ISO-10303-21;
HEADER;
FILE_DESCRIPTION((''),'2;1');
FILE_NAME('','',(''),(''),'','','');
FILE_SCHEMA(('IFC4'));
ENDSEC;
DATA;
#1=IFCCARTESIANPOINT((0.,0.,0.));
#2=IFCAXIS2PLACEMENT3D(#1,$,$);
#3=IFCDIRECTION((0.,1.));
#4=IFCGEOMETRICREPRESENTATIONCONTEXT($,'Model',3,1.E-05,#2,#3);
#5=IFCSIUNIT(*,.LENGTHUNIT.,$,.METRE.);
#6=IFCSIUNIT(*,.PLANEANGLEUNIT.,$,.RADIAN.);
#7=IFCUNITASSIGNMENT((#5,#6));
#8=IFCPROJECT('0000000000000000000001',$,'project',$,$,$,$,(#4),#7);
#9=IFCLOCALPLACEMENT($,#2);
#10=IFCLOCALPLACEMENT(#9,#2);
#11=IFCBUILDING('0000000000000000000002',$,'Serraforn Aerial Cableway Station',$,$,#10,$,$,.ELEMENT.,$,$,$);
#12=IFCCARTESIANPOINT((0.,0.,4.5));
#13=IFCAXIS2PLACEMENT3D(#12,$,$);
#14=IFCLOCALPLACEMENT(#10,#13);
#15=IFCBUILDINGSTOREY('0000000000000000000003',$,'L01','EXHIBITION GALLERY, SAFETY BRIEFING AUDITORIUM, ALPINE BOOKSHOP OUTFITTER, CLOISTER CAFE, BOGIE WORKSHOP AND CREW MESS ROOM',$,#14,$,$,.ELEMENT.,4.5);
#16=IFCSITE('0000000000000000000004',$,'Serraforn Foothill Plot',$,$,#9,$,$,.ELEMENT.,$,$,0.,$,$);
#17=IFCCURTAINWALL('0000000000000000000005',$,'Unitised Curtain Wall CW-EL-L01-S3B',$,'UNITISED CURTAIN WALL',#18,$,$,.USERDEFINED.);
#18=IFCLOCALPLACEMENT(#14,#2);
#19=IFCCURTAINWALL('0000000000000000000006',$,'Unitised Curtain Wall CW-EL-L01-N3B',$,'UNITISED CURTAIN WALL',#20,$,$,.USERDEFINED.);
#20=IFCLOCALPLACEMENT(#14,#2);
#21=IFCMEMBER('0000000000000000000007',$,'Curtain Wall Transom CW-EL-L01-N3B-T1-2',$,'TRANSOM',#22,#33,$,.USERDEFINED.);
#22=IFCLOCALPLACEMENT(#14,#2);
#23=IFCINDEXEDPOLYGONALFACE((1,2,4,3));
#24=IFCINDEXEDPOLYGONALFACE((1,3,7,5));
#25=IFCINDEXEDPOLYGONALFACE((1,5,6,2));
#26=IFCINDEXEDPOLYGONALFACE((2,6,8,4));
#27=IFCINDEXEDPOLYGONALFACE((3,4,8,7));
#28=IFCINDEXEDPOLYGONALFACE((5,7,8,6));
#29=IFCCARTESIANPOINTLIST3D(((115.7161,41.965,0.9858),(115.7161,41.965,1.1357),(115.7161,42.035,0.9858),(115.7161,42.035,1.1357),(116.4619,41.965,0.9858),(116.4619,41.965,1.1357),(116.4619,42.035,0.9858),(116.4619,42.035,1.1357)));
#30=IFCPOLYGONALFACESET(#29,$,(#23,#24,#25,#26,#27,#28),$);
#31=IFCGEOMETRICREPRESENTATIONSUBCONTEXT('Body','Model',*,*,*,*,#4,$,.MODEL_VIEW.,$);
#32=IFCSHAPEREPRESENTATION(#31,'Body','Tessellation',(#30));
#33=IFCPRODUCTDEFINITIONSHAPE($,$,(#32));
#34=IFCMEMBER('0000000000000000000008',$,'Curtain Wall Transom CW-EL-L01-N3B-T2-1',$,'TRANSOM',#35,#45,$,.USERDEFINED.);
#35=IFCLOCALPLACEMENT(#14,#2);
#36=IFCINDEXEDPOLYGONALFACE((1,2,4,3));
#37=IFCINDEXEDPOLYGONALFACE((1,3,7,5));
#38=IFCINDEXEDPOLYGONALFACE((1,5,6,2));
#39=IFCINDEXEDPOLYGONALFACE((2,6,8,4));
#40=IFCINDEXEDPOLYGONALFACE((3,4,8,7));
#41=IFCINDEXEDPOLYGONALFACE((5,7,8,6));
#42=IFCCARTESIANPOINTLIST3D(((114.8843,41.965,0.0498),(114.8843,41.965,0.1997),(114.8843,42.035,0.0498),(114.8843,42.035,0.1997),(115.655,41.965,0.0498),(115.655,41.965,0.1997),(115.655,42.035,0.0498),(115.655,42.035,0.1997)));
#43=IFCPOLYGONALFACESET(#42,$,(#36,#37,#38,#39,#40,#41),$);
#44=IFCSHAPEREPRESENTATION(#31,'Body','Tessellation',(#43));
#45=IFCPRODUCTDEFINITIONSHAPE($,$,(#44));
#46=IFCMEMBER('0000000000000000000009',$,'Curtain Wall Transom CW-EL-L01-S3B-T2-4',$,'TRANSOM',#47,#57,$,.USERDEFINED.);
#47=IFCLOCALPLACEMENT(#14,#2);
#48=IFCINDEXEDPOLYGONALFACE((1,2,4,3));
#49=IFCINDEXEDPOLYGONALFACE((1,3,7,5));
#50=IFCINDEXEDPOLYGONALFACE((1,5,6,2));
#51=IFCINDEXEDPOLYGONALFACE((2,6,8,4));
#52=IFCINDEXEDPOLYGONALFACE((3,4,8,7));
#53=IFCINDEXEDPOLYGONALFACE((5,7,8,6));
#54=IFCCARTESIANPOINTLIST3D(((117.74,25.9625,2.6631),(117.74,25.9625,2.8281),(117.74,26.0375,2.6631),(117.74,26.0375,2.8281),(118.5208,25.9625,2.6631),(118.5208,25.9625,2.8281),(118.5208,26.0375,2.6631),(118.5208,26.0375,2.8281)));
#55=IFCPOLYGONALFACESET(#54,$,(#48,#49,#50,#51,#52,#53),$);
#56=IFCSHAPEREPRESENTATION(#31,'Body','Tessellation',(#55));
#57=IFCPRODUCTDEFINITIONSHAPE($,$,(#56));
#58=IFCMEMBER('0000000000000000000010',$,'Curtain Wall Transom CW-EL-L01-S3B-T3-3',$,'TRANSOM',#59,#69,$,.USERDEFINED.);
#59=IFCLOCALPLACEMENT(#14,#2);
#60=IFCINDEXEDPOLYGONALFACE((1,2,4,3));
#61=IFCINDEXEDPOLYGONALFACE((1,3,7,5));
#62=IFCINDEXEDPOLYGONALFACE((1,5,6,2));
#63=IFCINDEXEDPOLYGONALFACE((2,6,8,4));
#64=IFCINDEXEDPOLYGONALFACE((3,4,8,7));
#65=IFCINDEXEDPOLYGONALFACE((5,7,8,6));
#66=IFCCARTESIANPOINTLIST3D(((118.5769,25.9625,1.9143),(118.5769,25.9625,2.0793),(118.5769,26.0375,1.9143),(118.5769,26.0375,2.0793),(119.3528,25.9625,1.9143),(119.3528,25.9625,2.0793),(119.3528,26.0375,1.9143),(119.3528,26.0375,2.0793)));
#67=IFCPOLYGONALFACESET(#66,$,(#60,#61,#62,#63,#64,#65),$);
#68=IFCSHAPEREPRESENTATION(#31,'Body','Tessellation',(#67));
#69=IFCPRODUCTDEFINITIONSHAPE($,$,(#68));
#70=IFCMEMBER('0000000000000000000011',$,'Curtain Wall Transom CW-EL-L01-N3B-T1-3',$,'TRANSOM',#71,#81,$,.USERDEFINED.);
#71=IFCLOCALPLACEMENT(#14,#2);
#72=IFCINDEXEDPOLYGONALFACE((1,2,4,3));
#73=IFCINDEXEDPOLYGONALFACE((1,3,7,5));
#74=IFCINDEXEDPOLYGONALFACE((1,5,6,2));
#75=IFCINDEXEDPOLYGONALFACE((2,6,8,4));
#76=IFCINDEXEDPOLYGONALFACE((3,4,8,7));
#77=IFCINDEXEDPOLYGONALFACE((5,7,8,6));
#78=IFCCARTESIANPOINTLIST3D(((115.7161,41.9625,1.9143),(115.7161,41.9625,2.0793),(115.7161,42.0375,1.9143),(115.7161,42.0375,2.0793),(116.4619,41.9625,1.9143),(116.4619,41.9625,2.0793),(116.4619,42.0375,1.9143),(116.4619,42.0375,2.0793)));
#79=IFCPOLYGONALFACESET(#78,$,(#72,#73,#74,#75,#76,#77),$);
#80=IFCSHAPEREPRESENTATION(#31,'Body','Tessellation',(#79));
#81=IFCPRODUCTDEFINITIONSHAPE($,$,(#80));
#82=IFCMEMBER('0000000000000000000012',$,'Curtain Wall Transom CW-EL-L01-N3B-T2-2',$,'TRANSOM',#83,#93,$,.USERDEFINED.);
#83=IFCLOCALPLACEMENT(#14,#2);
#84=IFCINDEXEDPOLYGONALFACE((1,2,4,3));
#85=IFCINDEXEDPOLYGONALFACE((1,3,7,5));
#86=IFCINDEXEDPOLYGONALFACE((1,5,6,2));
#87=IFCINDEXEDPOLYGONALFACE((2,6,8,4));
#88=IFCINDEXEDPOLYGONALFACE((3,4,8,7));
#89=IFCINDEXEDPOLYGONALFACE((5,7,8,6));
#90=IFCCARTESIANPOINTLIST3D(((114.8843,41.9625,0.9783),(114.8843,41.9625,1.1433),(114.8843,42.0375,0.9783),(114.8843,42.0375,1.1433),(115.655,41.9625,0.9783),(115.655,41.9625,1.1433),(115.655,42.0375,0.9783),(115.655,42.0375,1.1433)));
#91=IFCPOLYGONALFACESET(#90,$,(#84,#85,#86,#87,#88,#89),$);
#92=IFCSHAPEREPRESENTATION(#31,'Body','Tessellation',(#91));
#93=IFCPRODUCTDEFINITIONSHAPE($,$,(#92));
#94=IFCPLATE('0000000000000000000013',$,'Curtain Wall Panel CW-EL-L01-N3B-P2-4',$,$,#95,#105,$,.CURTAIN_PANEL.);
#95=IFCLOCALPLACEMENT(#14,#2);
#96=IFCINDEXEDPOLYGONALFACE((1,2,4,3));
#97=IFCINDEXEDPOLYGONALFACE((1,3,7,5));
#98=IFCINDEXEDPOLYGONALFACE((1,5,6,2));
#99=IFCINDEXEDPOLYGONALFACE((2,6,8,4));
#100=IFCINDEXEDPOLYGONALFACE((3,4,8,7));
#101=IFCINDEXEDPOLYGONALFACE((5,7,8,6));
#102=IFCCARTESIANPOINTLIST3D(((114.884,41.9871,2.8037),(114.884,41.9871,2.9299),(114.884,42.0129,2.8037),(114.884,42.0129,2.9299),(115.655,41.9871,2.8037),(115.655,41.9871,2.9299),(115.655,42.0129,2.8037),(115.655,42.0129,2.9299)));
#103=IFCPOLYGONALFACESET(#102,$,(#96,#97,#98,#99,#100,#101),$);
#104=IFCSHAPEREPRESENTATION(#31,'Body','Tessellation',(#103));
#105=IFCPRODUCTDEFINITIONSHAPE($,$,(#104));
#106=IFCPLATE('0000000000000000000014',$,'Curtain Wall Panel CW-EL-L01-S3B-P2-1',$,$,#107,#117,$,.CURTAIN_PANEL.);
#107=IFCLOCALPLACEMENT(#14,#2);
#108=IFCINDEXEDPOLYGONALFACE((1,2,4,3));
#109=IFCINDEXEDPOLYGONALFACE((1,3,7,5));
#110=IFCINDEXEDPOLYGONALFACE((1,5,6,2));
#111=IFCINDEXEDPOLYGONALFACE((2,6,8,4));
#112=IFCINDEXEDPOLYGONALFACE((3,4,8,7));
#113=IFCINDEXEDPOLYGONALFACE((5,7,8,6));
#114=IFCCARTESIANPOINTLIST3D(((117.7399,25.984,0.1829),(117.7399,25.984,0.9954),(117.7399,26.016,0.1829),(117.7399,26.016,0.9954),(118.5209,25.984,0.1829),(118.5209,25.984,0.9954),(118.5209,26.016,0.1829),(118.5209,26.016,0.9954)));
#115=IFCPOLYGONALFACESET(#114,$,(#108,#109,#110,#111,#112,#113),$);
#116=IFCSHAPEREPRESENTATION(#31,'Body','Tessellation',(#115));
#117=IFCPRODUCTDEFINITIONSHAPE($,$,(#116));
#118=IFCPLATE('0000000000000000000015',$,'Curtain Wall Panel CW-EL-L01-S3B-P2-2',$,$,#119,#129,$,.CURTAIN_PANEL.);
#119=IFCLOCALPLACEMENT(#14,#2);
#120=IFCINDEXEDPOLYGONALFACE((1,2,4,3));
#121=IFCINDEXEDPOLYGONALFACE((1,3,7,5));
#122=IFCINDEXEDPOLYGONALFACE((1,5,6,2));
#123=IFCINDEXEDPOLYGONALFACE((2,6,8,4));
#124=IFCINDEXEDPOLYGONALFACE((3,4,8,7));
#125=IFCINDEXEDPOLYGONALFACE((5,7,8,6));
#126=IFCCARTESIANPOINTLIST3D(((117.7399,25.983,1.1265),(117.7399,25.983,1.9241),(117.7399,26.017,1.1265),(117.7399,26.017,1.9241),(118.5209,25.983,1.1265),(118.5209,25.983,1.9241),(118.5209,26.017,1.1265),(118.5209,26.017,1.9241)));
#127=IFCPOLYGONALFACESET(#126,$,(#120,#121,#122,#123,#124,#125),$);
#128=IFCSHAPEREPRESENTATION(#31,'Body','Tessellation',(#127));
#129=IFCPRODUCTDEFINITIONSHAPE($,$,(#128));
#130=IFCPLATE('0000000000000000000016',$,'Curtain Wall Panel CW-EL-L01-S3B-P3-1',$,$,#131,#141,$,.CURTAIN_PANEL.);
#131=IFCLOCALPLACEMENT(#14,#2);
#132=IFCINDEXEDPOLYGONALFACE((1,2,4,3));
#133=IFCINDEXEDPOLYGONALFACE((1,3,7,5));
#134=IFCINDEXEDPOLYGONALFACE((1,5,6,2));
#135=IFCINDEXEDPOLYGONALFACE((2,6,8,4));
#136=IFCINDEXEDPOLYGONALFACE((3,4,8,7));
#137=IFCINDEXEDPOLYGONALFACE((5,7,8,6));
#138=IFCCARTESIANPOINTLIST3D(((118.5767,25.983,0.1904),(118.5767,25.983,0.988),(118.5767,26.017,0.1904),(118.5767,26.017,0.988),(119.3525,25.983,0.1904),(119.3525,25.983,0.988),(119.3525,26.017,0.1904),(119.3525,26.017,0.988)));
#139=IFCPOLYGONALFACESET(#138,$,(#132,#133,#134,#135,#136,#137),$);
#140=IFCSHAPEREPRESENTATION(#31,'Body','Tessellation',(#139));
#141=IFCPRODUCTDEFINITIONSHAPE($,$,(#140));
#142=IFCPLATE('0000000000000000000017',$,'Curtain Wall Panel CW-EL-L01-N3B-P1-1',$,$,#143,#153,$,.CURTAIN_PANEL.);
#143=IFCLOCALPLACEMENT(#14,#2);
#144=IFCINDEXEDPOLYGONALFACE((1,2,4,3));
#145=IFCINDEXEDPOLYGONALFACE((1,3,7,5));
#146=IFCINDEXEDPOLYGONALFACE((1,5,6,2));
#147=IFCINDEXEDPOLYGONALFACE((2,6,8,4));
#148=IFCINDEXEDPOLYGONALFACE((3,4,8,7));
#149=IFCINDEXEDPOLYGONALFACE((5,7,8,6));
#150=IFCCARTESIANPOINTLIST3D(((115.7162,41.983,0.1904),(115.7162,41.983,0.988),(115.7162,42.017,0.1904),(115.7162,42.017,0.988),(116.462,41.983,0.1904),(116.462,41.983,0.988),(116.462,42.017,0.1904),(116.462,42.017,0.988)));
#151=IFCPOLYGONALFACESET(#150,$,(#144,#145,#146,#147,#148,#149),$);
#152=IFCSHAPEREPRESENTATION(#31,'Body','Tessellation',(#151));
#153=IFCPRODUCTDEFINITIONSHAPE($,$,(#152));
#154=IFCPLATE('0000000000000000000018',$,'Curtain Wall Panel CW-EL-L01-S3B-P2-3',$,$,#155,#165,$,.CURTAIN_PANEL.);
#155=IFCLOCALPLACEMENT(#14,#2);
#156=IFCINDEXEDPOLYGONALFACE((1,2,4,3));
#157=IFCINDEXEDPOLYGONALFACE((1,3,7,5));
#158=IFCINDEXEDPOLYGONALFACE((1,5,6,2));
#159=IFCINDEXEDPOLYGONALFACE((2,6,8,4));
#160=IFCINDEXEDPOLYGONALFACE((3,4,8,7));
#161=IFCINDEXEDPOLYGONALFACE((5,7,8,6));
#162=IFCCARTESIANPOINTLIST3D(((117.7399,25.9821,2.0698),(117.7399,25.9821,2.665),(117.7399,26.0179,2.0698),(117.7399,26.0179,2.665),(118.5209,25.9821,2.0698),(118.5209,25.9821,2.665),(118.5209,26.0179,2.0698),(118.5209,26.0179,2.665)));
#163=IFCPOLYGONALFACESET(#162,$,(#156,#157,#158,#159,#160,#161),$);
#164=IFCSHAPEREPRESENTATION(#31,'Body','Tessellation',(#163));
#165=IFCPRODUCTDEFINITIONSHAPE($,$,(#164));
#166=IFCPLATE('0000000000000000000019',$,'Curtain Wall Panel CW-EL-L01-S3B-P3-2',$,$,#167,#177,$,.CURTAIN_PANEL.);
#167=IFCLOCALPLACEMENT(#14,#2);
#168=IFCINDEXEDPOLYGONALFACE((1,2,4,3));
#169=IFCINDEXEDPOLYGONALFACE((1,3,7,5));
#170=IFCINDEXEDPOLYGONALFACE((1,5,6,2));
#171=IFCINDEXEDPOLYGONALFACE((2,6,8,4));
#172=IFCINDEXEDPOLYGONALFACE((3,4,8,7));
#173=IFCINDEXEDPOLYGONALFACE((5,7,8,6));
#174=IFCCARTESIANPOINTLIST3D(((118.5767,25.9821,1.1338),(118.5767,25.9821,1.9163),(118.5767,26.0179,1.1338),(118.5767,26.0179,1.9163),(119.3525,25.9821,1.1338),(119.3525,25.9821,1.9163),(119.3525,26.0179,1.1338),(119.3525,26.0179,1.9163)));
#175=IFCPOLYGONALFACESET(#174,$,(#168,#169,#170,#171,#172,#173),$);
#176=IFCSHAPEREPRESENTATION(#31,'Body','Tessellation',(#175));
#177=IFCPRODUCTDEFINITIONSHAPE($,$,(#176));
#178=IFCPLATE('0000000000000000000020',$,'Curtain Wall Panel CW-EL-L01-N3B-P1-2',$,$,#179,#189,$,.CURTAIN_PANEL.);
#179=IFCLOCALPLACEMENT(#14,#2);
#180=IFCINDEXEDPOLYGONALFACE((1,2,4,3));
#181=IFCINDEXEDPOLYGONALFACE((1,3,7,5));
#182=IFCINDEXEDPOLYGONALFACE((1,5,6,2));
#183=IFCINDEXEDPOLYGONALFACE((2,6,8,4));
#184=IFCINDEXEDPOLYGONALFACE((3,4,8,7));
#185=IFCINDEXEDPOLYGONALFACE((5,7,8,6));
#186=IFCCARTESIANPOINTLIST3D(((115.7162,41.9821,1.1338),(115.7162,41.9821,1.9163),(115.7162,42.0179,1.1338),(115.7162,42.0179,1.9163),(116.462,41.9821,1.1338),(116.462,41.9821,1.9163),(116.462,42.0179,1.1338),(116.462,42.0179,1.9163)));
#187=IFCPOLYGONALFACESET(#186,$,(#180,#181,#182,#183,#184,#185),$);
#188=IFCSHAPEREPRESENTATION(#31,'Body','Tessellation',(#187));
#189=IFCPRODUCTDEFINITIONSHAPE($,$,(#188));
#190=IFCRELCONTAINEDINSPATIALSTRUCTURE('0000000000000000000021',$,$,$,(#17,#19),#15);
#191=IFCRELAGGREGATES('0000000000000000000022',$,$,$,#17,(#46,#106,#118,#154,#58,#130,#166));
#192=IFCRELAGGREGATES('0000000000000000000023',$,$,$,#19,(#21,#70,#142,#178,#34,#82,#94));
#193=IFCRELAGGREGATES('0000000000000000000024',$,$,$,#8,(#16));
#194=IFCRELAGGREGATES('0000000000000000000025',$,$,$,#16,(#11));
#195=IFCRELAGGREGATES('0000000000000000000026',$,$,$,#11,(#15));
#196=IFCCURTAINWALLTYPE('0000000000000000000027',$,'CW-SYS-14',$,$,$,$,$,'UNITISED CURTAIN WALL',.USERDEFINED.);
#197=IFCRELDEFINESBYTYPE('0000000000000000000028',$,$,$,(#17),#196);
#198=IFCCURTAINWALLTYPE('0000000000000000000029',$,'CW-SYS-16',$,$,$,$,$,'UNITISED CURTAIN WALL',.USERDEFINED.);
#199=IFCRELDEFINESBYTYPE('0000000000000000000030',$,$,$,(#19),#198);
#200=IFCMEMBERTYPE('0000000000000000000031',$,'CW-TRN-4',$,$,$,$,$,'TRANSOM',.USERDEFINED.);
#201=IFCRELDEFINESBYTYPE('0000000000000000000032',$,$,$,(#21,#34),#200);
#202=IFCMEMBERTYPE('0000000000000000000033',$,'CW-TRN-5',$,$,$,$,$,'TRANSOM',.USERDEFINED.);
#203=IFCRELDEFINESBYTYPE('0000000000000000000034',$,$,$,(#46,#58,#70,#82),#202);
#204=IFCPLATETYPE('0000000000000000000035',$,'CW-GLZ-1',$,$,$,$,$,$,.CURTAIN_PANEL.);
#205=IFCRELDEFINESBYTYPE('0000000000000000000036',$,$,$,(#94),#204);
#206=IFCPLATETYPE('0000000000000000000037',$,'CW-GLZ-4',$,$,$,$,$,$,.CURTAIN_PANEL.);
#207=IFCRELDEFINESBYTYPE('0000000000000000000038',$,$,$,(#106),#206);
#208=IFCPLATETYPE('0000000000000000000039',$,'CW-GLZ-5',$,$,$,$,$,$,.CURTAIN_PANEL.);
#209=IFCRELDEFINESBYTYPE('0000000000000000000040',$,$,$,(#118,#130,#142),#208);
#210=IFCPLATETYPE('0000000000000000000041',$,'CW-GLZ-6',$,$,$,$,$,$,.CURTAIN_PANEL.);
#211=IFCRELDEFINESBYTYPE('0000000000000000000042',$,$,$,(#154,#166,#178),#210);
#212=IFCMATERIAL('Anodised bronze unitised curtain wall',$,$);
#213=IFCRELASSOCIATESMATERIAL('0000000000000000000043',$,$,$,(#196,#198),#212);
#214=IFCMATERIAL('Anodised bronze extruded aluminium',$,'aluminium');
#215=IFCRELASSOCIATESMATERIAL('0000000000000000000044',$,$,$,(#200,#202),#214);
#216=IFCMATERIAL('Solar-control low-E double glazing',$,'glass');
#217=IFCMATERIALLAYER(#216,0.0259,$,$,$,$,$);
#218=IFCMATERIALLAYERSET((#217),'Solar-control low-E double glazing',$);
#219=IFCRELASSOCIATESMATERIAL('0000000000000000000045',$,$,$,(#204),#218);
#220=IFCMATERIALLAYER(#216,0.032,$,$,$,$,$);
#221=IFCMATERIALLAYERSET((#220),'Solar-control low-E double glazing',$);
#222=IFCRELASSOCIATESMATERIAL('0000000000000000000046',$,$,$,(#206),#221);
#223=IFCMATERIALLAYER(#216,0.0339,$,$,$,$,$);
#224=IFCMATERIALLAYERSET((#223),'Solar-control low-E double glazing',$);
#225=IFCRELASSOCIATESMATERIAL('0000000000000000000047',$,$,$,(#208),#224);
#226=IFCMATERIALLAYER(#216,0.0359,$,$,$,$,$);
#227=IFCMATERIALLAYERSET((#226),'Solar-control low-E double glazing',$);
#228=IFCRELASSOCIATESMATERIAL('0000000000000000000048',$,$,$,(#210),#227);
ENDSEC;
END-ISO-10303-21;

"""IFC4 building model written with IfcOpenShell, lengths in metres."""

from ifc_helpers import new_model, si_unit, direction, frame, origin, origin_2d, place, context, subcontext, project, spatial, rectangle, extrude, material, layer, layer_set, material_profile, profile_set, type_object, element, aggregate, save


model = new_model("IFC4")

# Units and contexts
model_context = context("Model", 3, precision=1e-05, world=origin(), true_north=direction((0.0, 1.0)))
body_context = subcontext(model_context, "Body", "Model", "MODEL_VIEW")
ifc_project = project(units=[si_unit("LENGTHUNIT", "METRE"), si_unit("PLANEANGLEUNIT", "RADIAN")], contexts=[model_context])

# Site, building, storey
site_placement = place(None, origin())
site = spatial("IfcSite", under=ifc_project, at=site_placement, Name="Serraforn Foothill Plot", CompositionType="ELEMENT", RefElevation=0.0)
building_placement = place(site_placement, origin())
building = spatial("IfcBuilding", under=site, at=building_placement, Name="Serraforn Aerial Cableway Station", CompositionType="ELEMENT")
storey_placement = place(building_placement, frame((0.0, 0.0, 4.5)))
storey = spatial("IfcBuildingStorey", under=building, at=storey_placement, Name="L01", Description="EXHIBITION GALLERY, SAFETY BRIEFING AUDITORIUM, ALPINE BOOKSHOP OUTFITTER, CLOISTER CAFE, BOGIE WORKSHOP AND CREW MESS ROOM", CompositionType="ELEMENT", Elevation=4.5)

# Curtain wall
ifc_material_1 = material(Name="Anodised bronze unitised curtain wall")
curtain_wall_type_1 = type_object("IfcCurtainWallType", Name="CW-SYS-14", ElementType="UNITISED CURTAIN WALL", PredefinedType="USERDEFINED", material=ifc_material_1)
curtain_wall_1_placement = place(storey_placement, origin())
curtain_wall_1 = element("IfcCurtainWall", 1, at=curtain_wall_1_placement, inside=storey, type_object=curtain_wall_type_1, Name="Unitised Curtain Wall CW-EL-L01-S3B", ObjectType="UNITISED CURTAIN WALL", PredefinedType="USERDEFINED")
ifc_material_2 = material(Name="Anodised bronze extruded aluminium", Category="aluminium")

# Curtain wall
curtain_wall_type_2 = type_object("IfcCurtainWallType", Name="CW-SYS-16", ElementType="UNITISED CURTAIN WALL", PredefinedType="USERDEFINED", material=ifc_material_1)
curtain_wall_2_placement = place(storey_placement, origin())
curtain_wall_2 = element("IfcCurtainWall", 2, at=curtain_wall_2_placement, inside=storey, type_object=curtain_wall_type_2, Name="Unitised Curtain Wall CW-EL-L01-N3B", ObjectType="UNITISED CURTAIN WALL", PredefinedType="USERDEFINED")

# Members
ifc_material_profile_1 = material_profile(ifc_material_2, rectangle(XDim=0.0701, YDim=0.1499, at=origin_2d()), Name="CW TRANSOM 70x150")
ifc_profile_set_1 = profile_set([ifc_material_profile_1], Name="Anodised bronze extruded aluminium")
member_type_1 = type_object("IfcMemberType", Name="CW-TRN-4", ElementType="TRANSOM", PredefinedType="USERDEFINED", material=ifc_profile_set_1)
member_1_placement = place(storey_placement, frame((116.4619, 42.0, 1.0608), z_axis=(-1.0, 0.0, 0.0), x_axis=(0.0, -1.0, 0.0)))
member_1 = element("IfcMember", 3, at=member_1_placement, type_object=member_type_1, Name="Curtain Wall Transom CW-EL-L01-N3B-T1-2", ObjectType="TRANSOM", PredefinedType="USERDEFINED", context=body_context, shape_type="SweptSolid", body=[
    extrude(rectangle(XDim=0.0701, YDim=0.1499, at=origin_2d()), origin(), (0.0, 0.0, 1.0), 0.7458),
])
member_2_placement = place(storey_placement, frame((115.655, 42.0, 0.1248), z_axis=(-1.0, 0.0, 0.0), x_axis=(0.0, -1.0, 0.0)))
member_2 = element("IfcMember", 4, at=member_2_placement, type_object=member_type_1, Name="Curtain Wall Transom CW-EL-L01-N3B-T2-1", ObjectType="TRANSOM", PredefinedType="USERDEFINED", context=body_context, shape_type="SweptSolid", body=[
    extrude(rectangle(XDim=0.0701, YDim=0.1499, at=origin_2d()), origin(), (0.0, 0.0, 1.0), 0.7708),
])
ifc_material_profile_2 = material_profile(ifc_material_2, rectangle(XDim=0.075, YDim=0.165, at=origin_2d()), Name="CW TRANSOM 75x165")
ifc_profile_set_2 = profile_set([ifc_material_profile_2], Name="Anodised bronze extruded aluminium")
member_type_2 = type_object("IfcMemberType", Name="CW-TRN-5", ElementType="TRANSOM", PredefinedType="USERDEFINED", material=ifc_profile_set_2)
member_3_placement = place(storey_placement, frame((117.74, 26.0, 2.7456), z_axis=(1.0, 0.0, 0.0), x_axis=(0.0, 1.0, 0.0)))
member_3 = element("IfcMember", 5, at=member_3_placement, type_object=member_type_2, Name="Curtain Wall Transom CW-EL-L01-S3B-T2-4", ObjectType="TRANSOM", PredefinedType="USERDEFINED", context=body_context, shape_type="SweptSolid", body=[
    extrude(rectangle(XDim=0.075, YDim=0.165, at=origin_2d()), origin(), (0.0, 0.0, 1.0), 0.7808),
])
member_4_placement = place(storey_placement, frame((118.5769, 26.0, 1.9968), z_axis=(1.0, 0.0, 0.0), x_axis=(0.0, 1.0, 0.0)))
member_4 = element("IfcMember", 6, at=member_4_placement, type_object=member_type_2, Name="Curtain Wall Transom CW-EL-L01-S3B-T3-3", ObjectType="TRANSOM", PredefinedType="USERDEFINED", context=body_context, shape_type="SweptSolid", body=[
    extrude(rectangle(XDim=0.075, YDim=0.165, at=origin_2d()), origin(), (0.0, 0.0, 1.0), 0.7759),
])
member_5_placement = place(storey_placement, frame((116.4619, 42.0, 1.9968), z_axis=(-1.0, 0.0, 0.0), x_axis=(0.0, -1.0, 0.0)))
member_5 = element("IfcMember", 7, at=member_5_placement, type_object=member_type_2, Name="Curtain Wall Transom CW-EL-L01-N3B-T1-3", ObjectType="TRANSOM", PredefinedType="USERDEFINED", context=body_context, shape_type="SweptSolid", body=[
    extrude(rectangle(XDim=0.075, YDim=0.165, at=origin_2d()), origin(), (0.0, 0.0, 1.0), 0.7458),
])
member_6_placement = place(storey_placement, frame((115.655, 42.0, 1.0608), z_axis=(-1.0, 0.0, 0.0), x_axis=(0.0, -1.0, 0.0)))
member_6 = element("IfcMember", 8, at=member_6_placement, type_object=member_type_2, Name="Curtain Wall Transom CW-EL-L01-N3B-T2-2", ObjectType="TRANSOM", PredefinedType="USERDEFINED", context=body_context, shape_type="SweptSolid", body=[
    extrude(rectangle(XDim=0.075, YDim=0.165, at=origin_2d()), origin(), (0.0, 0.0, 1.0), 0.7708),
])

# Plates
ifc_material_3 = material(Name="Solar-control low-E double glazing", Category="glass")
ifc_layer_1 = layer(ifc_material_3, 0.0259)
ifc_layer_set_1 = layer_set([ifc_layer_1], Name="Solar-control low-E double glazing")
plate_type_1 = type_object("IfcPlateType", Name="CW-GLZ-1", PredefinedType="CURTAIN_PANEL", material=ifc_layer_set_1)
plate_1_placement = place(storey_placement, frame((115.2695, 42.0, 2.8037), z_axis=(0.0, 0.0, 1.0), x_axis=(1.0, 0.0, 0.0)))
plate_1 = element("IfcPlate", 9, at=plate_1_placement, type_object=plate_type_1, Name="Curtain Wall Panel CW-EL-L01-N3B-P2-4", PredefinedType="CURTAIN_PANEL", context=body_context, shape_type="SweptSolid", body=[
    extrude(rectangle(XDim=0.771, YDim=0.0259, at=origin_2d()), origin(), (0.0, 0.0, 1.0), 0.1262),
])
ifc_layer_2 = layer(ifc_material_3, 0.032)
ifc_layer_set_2 = layer_set([ifc_layer_2], Name="Solar-control low-E double glazing")
plate_type_2 = type_object("IfcPlateType", Name="CW-GLZ-4", PredefinedType="CURTAIN_PANEL", material=ifc_layer_set_2)
plate_2_placement = place(storey_placement, frame((118.1304, 26.0, 0.1829), z_axis=(0.0, 0.0, 1.0), x_axis=(1.0, 0.0, 0.0)))
plate_2 = element("IfcPlate", 10, at=plate_2_placement, type_object=plate_type_2, Name="Curtain Wall Panel CW-EL-L01-S3B-P2-1", PredefinedType="CURTAIN_PANEL", context=body_context, shape_type="SweptSolid", body=[
    extrude(rectangle(XDim=0.781, YDim=0.032, at=origin_2d()), origin(), (0.0, 0.0, 1.0), 0.8125),
])
ifc_layer_3 = layer(ifc_material_3, 0.0339)
ifc_layer_set_3 = layer_set([ifc_layer_3], Name="Solar-control low-E double glazing")
plate_type_3 = type_object("IfcPlateType", Name="CW-GLZ-5", PredefinedType="CURTAIN_PANEL", material=ifc_layer_set_3)
plate_3_placement = place(storey_placement, frame((118.1304, 26.0, 1.1265), z_axis=(0.0, 0.0, 1.0), x_axis=(1.0, 0.0, 0.0)))
plate_3 = element("IfcPlate", 11, at=plate_3_placement, type_object=plate_type_3, Name="Curtain Wall Panel CW-EL-L01-S3B-P2-2", PredefinedType="CURTAIN_PANEL", context=body_context, shape_type="SweptSolid", body=[
    extrude(rectangle(XDim=0.781, YDim=0.0339, at=origin_2d()), origin(), (0.0, 0.0, 1.0), 0.7976),
])
plate_4_placement = place(storey_placement, frame((118.9646, 26.0, 0.1904), z_axis=(0.0, 0.0, 1.0), x_axis=(1.0, 0.0, 0.0)))
plate_4 = element("IfcPlate", 12, at=plate_4_placement, type_object=plate_type_3, Name="Curtain Wall Panel CW-EL-L01-S3B-P3-1", PredefinedType="CURTAIN_PANEL", context=body_context, shape_type="SweptSolid", body=[
    extrude(rectangle(XDim=0.7759, YDim=0.0339, at=origin_2d()), origin(), (0.0, 0.0, 1.0), 0.7976),
])
plate_5_placement = place(storey_placement, frame((116.0891, 42.0, 0.1904), z_axis=(0.0, 0.0, 1.0), x_axis=(1.0, 0.0, 0.0)))
plate_5 = element("IfcPlate", 13, at=plate_5_placement, type_object=plate_type_3, Name="Curtain Wall Panel CW-EL-L01-N3B-P1-1", PredefinedType="CURTAIN_PANEL", context=body_context, shape_type="SweptSolid", body=[
    extrude(rectangle(XDim=0.7458, YDim=0.0339, at=origin_2d()), origin(), (0.0, 0.0, 1.0), 0.7976),
])
ifc_layer_4 = layer(ifc_material_3, 0.0359)
ifc_layer_set_4 = layer_set([ifc_layer_4], Name="Solar-control low-E double glazing")
plate_type_4 = type_object("IfcPlateType", Name="CW-GLZ-6", PredefinedType="CURTAIN_PANEL", material=ifc_layer_set_4)
plate_6_placement = place(storey_placement, frame((118.1304, 26.0, 2.0698), z_axis=(0.0, 0.0, 1.0), x_axis=(1.0, 0.0, 0.0)))
plate_6 = element("IfcPlate", 14, at=plate_6_placement, type_object=plate_type_4, Name="Curtain Wall Panel CW-EL-L01-S3B-P2-3", PredefinedType="CURTAIN_PANEL", context=body_context, shape_type="SweptSolid", body=[
    extrude(rectangle(XDim=0.781, YDim=0.0359, at=origin_2d()), origin(), (0.0, 0.0, 1.0), 0.5952),
])
plate_7_placement = place(storey_placement, frame((118.9646, 26.0, 1.1338), z_axis=(0.0, 0.0, 1.0), x_axis=(1.0, 0.0, 0.0)))
plate_7 = element("IfcPlate", 15, at=plate_7_placement, type_object=plate_type_4, Name="Curtain Wall Panel CW-EL-L01-S3B-P3-2", PredefinedType="CURTAIN_PANEL", context=body_context, shape_type="SweptSolid", body=[
    extrude(rectangle(XDim=0.7759, YDim=0.0359, at=origin_2d()), origin(), (0.0, 0.0, 1.0), 0.7825),
])
plate_8_placement = place(storey_placement, frame((116.0891, 42.0, 1.1338), z_axis=(0.0, 0.0, 1.0), x_axis=(1.0, 0.0, 0.0)))
plate_8 = element("IfcPlate", 16, at=plate_8_placement, type_object=plate_type_4, Name="Curtain Wall Panel CW-EL-L01-N3B-P1-2", PredefinedType="CURTAIN_PANEL", context=body_context, shape_type="SweptSolid", body=[
    extrude(rectangle(XDim=0.7458, YDim=0.0359, at=origin_2d()), origin(), (0.0, 0.0, 1.0), 0.7825),
])
aggregate(curtain_wall_1, [member_3, plate_2, plate_3, plate_6, member_4, plate_4, plate_7])
aggregate(curtain_wall_2, [member_1, member_5, plate_5, plate_8, member_2, member_6, plate_1])

save(model, "model.ifc")
